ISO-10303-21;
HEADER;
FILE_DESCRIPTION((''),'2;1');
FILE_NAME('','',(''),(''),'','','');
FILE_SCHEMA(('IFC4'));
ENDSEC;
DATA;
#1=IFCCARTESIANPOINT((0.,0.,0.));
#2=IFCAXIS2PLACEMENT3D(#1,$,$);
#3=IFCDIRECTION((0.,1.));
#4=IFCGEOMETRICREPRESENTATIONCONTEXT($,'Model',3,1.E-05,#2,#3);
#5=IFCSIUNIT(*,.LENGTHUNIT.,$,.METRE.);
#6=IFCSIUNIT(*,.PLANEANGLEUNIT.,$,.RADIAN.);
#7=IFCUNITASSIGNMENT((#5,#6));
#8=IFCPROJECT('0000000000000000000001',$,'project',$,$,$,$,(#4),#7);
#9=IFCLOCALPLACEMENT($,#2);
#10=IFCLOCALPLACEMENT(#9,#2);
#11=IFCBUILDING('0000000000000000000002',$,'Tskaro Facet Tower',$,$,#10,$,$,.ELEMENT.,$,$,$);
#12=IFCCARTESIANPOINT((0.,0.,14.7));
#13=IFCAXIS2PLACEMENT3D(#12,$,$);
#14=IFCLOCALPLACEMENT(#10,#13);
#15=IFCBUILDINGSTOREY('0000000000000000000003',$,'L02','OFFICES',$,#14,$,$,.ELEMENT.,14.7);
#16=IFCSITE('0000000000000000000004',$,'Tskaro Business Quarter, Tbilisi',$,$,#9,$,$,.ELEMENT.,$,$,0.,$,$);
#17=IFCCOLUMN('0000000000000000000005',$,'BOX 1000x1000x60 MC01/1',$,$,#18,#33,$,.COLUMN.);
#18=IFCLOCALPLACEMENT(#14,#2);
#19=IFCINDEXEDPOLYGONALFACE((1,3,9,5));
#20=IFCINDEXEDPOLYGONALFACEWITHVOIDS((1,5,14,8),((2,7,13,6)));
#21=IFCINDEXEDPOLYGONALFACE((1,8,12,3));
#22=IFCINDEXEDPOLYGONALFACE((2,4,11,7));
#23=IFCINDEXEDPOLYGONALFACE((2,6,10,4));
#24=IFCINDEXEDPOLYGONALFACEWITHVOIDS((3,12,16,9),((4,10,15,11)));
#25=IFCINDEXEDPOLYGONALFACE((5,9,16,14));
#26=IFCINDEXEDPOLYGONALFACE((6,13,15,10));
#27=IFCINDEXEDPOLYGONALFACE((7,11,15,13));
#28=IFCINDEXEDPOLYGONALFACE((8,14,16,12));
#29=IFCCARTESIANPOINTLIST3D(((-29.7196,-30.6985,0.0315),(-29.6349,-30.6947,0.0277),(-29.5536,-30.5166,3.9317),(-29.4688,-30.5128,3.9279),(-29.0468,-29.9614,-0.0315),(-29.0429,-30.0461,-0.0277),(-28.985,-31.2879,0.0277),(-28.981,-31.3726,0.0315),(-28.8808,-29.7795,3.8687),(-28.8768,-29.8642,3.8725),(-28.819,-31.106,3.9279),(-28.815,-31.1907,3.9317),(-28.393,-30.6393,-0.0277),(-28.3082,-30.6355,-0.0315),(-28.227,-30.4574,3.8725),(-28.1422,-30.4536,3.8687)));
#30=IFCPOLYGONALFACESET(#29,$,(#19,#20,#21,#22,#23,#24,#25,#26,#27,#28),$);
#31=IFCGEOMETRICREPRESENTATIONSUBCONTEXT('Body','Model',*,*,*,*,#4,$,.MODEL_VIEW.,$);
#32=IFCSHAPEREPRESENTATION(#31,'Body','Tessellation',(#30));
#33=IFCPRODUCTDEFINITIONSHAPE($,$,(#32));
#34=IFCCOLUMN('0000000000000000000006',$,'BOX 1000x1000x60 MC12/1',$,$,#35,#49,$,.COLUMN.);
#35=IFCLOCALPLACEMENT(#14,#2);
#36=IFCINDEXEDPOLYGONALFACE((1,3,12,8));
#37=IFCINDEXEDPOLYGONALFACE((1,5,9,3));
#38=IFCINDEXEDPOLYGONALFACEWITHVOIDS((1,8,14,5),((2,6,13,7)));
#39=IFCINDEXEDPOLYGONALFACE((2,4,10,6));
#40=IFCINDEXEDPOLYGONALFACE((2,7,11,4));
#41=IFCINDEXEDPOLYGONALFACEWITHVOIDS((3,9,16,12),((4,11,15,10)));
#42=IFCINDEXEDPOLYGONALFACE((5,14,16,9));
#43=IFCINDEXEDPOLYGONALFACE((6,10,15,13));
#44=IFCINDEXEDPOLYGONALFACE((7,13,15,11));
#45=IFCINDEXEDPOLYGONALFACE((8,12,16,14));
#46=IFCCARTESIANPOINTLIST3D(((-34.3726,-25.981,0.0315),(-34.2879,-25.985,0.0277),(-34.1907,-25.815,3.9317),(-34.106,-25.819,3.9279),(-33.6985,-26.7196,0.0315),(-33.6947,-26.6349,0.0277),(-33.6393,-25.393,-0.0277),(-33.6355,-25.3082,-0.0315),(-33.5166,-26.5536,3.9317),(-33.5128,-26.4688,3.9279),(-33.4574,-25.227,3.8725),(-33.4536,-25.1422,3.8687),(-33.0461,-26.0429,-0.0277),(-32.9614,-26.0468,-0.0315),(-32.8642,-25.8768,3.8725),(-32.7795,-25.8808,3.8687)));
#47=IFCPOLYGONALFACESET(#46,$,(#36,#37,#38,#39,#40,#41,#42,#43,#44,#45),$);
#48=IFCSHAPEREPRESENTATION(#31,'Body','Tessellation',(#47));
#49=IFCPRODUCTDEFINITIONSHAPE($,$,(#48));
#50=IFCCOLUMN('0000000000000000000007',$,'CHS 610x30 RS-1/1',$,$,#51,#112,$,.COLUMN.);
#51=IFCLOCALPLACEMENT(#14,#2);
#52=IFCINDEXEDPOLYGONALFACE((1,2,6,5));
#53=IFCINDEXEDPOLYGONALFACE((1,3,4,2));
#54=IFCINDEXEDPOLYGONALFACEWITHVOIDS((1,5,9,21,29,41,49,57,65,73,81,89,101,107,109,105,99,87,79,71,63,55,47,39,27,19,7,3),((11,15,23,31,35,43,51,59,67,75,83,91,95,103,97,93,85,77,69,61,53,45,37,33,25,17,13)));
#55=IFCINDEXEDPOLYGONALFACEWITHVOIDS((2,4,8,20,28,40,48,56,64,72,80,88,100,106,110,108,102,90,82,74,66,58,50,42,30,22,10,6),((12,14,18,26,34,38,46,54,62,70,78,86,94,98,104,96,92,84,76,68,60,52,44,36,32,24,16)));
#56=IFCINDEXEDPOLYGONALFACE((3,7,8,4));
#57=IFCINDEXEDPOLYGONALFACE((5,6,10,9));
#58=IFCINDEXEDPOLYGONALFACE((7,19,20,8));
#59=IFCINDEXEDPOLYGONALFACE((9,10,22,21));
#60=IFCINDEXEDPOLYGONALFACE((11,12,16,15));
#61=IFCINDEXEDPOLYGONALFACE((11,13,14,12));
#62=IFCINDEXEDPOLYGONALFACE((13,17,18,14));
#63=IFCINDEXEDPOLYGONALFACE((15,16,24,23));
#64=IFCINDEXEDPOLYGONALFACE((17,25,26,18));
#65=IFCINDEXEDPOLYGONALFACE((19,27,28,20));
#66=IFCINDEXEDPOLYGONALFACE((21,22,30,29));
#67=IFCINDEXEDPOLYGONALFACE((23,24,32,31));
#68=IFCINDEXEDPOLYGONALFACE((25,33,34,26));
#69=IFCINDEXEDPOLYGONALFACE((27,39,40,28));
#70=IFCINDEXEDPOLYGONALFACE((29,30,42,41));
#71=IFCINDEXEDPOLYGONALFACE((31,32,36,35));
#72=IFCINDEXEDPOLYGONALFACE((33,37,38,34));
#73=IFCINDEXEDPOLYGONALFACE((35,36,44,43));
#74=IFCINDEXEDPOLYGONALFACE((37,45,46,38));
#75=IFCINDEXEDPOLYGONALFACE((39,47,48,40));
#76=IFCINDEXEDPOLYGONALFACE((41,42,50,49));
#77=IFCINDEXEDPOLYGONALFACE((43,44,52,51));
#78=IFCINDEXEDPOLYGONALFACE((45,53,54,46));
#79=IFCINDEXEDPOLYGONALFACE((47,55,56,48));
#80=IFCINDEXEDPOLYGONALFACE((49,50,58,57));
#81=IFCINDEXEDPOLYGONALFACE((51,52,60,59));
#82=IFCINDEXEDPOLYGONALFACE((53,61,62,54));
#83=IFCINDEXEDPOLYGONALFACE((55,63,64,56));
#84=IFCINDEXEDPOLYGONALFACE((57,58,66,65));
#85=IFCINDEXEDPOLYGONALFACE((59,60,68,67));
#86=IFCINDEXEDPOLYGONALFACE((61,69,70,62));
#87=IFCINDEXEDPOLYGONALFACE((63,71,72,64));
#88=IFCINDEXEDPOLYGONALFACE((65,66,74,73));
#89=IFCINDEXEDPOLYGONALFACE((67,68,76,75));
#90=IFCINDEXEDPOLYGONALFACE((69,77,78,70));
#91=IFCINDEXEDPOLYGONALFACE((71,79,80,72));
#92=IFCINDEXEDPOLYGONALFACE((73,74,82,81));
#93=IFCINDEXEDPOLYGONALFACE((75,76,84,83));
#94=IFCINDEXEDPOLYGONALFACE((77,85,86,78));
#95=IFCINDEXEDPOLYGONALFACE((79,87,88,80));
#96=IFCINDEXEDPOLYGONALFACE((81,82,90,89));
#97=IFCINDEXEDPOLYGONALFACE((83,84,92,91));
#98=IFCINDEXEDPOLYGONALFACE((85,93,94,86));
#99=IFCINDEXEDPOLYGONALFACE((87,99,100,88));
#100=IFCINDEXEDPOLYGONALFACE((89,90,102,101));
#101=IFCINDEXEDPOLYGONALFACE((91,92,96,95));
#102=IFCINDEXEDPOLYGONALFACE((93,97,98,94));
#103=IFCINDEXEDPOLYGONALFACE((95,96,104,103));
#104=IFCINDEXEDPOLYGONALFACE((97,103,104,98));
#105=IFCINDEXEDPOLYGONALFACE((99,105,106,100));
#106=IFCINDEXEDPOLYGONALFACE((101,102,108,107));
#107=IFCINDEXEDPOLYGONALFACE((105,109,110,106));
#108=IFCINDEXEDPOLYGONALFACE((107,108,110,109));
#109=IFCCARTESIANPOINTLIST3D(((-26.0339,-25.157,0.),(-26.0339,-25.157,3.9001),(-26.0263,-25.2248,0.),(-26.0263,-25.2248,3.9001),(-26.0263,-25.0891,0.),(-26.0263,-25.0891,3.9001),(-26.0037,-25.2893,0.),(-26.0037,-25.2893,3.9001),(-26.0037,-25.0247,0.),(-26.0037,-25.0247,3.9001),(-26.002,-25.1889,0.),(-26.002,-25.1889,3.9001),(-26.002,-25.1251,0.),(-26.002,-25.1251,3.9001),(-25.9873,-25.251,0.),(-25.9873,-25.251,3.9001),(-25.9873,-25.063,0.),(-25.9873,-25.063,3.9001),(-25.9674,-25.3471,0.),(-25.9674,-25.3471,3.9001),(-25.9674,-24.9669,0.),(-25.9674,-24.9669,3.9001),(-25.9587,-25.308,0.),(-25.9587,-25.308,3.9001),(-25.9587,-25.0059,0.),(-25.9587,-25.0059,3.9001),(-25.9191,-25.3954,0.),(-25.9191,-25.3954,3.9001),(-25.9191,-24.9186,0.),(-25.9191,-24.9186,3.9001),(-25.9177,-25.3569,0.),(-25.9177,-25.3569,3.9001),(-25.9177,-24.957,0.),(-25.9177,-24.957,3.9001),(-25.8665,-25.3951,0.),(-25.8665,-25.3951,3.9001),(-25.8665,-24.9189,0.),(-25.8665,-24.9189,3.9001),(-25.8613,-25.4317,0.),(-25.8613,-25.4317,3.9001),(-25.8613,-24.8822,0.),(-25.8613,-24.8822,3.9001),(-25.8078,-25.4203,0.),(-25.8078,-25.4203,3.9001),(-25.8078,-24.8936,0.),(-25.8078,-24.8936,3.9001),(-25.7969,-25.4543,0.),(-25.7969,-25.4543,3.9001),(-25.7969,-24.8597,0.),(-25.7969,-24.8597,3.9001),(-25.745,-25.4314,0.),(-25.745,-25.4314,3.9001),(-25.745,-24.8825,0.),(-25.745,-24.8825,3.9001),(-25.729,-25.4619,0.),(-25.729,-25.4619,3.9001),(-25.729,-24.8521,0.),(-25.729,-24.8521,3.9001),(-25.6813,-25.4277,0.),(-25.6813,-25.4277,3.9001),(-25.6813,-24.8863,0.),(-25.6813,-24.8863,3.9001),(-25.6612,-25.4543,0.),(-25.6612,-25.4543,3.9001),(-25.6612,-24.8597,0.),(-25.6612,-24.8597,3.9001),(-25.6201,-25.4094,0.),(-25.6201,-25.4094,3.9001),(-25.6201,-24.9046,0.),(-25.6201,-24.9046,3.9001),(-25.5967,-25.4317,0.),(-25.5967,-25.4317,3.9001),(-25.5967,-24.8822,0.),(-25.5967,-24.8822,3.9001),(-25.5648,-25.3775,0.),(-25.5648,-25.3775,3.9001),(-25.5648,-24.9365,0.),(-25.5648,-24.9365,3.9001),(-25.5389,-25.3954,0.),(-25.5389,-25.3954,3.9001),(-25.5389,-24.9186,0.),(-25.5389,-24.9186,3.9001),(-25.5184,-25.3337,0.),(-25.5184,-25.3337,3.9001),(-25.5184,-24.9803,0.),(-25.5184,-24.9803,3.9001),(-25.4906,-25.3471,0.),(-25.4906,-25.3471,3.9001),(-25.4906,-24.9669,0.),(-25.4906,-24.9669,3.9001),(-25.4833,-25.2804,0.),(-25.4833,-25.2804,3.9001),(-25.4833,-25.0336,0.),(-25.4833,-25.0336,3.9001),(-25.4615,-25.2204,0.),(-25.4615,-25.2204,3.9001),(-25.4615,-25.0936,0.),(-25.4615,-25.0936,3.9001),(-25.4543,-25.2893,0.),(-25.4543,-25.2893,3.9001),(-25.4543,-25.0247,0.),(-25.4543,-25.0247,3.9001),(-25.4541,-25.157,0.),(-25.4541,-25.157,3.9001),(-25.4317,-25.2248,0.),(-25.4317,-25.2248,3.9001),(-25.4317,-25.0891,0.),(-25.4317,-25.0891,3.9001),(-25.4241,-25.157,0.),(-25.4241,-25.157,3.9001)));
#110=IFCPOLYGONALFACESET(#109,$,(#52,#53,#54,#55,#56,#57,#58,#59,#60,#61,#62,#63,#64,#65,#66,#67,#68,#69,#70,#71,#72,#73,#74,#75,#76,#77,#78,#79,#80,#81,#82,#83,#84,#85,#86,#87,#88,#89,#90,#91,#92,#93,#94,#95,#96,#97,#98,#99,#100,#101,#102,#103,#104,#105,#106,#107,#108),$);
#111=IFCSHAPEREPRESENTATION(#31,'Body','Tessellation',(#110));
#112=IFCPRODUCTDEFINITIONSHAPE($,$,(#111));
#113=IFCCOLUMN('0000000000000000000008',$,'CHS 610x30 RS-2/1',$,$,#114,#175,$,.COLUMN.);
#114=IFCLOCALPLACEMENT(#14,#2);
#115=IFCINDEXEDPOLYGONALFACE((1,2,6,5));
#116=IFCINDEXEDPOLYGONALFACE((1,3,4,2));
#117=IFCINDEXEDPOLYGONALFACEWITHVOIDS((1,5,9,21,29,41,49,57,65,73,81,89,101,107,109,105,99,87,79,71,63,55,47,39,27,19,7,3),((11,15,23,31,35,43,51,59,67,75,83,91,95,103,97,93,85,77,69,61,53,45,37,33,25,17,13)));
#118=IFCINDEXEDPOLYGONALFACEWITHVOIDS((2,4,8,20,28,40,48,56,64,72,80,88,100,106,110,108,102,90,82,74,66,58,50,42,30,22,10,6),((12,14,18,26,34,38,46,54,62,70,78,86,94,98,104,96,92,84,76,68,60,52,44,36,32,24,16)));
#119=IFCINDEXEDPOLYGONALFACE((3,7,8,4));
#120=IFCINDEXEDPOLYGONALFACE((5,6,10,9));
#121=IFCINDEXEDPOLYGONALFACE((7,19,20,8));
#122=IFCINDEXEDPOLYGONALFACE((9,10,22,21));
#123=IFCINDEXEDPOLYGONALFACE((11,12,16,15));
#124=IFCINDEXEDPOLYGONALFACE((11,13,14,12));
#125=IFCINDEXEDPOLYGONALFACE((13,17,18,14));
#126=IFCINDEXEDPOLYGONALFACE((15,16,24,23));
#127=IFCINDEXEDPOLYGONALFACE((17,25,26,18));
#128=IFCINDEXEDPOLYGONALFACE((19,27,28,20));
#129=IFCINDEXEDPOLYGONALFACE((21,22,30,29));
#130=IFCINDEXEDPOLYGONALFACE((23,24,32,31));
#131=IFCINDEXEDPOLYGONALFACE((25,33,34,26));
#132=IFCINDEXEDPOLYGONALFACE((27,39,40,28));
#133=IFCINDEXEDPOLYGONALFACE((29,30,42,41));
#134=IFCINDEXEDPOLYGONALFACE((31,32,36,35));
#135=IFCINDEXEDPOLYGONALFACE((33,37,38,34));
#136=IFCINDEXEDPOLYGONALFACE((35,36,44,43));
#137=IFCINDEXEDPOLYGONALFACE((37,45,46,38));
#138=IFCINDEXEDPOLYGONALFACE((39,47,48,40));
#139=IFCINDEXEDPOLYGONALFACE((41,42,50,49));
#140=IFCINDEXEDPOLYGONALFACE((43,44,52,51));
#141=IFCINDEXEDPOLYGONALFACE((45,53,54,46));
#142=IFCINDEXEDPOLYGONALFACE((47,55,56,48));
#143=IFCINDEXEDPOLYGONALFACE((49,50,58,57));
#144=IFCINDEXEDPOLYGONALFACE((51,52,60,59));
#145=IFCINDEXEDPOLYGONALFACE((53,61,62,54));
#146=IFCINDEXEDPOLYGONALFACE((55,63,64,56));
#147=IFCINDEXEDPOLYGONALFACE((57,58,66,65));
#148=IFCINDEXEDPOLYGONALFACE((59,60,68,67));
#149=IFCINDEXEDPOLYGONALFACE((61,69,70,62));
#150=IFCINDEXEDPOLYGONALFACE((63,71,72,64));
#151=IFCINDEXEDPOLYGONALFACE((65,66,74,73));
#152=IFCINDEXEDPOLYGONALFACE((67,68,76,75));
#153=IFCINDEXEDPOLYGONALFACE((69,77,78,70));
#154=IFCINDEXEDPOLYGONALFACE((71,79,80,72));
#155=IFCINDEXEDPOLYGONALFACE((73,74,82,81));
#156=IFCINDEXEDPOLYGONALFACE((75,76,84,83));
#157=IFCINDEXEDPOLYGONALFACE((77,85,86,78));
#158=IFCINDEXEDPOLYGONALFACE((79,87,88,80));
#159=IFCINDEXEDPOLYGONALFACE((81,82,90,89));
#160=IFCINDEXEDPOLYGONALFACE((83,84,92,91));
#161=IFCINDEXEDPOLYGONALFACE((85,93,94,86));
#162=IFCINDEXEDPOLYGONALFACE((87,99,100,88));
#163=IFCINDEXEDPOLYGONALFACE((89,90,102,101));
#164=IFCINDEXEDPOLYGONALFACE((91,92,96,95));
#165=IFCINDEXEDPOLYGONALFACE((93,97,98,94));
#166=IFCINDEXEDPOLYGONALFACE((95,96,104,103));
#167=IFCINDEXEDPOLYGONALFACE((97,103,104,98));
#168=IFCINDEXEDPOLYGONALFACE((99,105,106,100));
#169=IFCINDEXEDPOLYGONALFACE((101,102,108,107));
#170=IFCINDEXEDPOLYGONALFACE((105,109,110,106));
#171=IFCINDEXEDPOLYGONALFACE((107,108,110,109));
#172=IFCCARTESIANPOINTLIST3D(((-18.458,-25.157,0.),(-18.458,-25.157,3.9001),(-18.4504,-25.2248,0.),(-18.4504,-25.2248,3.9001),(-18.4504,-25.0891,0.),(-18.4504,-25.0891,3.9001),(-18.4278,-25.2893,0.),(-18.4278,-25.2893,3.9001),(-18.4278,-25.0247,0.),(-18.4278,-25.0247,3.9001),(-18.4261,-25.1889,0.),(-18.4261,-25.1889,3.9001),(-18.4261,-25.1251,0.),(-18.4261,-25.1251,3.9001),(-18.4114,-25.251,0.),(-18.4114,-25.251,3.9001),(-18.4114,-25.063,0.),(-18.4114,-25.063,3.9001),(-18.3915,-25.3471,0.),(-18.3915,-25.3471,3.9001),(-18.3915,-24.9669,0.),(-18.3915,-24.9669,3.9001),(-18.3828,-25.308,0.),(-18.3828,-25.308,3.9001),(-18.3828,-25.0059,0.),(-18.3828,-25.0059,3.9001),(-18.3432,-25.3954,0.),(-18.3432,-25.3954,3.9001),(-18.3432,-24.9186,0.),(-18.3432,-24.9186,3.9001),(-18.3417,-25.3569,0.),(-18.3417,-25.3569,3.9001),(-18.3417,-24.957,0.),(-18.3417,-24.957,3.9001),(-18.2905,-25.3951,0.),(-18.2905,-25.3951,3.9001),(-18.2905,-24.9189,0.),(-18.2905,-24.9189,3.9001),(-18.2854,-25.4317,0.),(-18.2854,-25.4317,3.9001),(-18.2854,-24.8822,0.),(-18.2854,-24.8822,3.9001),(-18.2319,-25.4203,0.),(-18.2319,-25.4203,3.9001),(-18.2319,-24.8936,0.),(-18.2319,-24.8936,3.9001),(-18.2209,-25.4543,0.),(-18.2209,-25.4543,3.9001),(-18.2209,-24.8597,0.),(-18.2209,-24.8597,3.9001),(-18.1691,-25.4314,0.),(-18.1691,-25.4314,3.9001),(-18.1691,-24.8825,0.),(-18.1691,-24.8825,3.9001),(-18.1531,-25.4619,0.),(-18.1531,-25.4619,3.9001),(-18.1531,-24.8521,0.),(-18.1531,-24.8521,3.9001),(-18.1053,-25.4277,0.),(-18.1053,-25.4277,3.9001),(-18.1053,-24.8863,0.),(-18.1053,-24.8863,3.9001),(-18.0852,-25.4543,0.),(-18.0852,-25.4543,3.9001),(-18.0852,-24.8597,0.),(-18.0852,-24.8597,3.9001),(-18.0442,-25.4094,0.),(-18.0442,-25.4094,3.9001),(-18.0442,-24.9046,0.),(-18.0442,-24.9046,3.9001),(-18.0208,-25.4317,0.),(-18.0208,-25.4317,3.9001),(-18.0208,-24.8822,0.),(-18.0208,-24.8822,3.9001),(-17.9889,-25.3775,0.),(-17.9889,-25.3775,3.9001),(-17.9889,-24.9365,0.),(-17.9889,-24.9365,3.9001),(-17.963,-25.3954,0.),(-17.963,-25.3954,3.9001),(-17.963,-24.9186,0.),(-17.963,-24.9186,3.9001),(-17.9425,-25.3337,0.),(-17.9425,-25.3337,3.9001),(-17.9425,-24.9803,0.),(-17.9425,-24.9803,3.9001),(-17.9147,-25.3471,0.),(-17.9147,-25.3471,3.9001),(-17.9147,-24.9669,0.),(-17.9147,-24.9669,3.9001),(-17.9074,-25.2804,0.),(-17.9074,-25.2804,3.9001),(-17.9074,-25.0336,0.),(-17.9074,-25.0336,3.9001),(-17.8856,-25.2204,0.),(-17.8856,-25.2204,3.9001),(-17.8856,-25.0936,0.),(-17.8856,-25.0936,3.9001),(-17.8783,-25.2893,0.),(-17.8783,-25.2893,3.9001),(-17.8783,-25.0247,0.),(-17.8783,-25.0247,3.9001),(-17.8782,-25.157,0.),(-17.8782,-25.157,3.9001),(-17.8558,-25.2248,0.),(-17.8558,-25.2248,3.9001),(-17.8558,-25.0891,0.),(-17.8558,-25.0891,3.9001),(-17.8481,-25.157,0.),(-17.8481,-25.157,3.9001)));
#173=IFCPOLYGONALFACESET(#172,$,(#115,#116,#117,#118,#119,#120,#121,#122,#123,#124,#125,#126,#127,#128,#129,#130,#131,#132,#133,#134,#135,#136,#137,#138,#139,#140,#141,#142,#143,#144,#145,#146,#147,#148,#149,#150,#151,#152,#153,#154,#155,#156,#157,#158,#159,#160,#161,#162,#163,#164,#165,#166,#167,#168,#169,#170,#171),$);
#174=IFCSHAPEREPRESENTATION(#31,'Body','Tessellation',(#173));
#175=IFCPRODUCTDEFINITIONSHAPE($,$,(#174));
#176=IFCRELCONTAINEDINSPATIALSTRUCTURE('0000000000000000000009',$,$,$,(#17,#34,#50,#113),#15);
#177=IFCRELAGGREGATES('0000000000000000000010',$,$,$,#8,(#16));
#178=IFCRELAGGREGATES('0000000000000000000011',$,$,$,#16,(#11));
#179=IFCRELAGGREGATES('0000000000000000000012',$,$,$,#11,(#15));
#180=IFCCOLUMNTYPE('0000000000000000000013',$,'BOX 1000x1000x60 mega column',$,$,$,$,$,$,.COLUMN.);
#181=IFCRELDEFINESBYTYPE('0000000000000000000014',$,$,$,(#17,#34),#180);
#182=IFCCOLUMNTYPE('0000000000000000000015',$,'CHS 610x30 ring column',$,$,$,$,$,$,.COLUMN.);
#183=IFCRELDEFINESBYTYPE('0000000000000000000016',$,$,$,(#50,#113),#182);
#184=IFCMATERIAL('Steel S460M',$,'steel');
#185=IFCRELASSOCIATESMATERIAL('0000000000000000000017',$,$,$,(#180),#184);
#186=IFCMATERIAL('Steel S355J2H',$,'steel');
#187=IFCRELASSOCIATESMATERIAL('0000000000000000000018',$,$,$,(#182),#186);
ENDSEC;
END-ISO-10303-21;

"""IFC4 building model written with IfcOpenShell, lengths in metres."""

from ifc_helpers import new_model, si_unit, direction, frame, origin, origin_2d, place, context, subcontext, project, spatial, hollow_rectangle, hollow_circle, extrude, material, material_profile, profile_set, type_object, element, save


model = new_model("IFC4")

# Units and contexts
model_context = context("Model", 3, precision=1e-05, world=origin(), true_north=direction((0.0, 1.0)))
body_context = subcontext(model_context, "Body", "Model", "MODEL_VIEW")
ifc_project = project(units=[si_unit("LENGTHUNIT", "METRE"), si_unit("PLANEANGLEUNIT", "RADIAN")], contexts=[model_context])

# Site, building, storey
site_placement = place(None, origin())
site = spatial("IfcSite", under=ifc_project, at=site_placement, Name="Tskaro Business Quarter, Tbilisi", CompositionType="ELEMENT", RefElevation=0.0)
building_placement = place(site_placement, origin())
building = spatial("IfcBuilding", under=site, at=building_placement, Name="Tskaro Facet Tower", CompositionType="ELEMENT")
storey_placement = place(building_placement, frame((0.0, 0.0, 14.7)))
storey = spatial("IfcBuildingStorey", under=building, at=storey_placement, Name="L02", Description="OFFICES", CompositionType="ELEMENT", Elevation=14.7)

# Columns
ifc_material_1 = material(Name="Steel S460M", Category="steel")
ifc_material_profile_1 = material_profile(ifc_material_1, hollow_rectangle(XDim=1.0, YDim=1.0, WallThickness=0.0601, at=origin_2d()), Name="BOX 1000x1000x60")
ifc_profile_set_1 = profile_set([ifc_material_profile_1], Name="Steel S460M")
column_type_1 = type_object("IfcColumnType", Name="BOX 1000x1000x60 mega column", PredefinedType="COLUMN", material=ifc_profile_set_1)
for number, where, z_axis, x_axis, name in (
    (1, (-29.0139, -30.667, 0.0), (0.042482, 0.046543, 0.998013), (-0.738593, 0.674152, 0.0), "BOX 1000x1000x60 MC01/1"),
    (2, (-33.667, -26.0139, 0.0), (0.046543, 0.042482, 0.998013), (-0.674152, 0.738593, 0.0), "BOX 1000x1000x60 MC12/1"),
):
    element("IfcColumn", number, at=place(storey_placement, frame(where, z_axis=z_axis, x_axis=x_axis)), inside=storey, type_object=column_type_1, Name=name, PredefinedType="COLUMN", context=body_context, shape_type="SweptSolid", body=[
        extrude(hollow_rectangle(XDim=1.0, YDim=1.0, WallThickness=0.0601, at=origin_2d()), origin(), (0.0, 0.0, 1.0), 3.908),
    ])
ifc_material_2 = material(Name="Steel S355J2H", Category="steel")
ifc_material_profile_2 = material_profile(ifc_material_2, hollow_circle(Radius=0.3049, WallThickness=0.03, at=origin_2d()), Name="CHS 610x30")
ifc_profile_set_2 = profile_set([ifc_material_profile_2], Name="Steel S355J2H")
column_type_2 = type_object("IfcColumnType", Name="CHS 610x30 ring column", PredefinedType="COLUMN", material=ifc_profile_set_2)
for number, where, z_axis, x_axis, name in (
    (3, (-25.729, -25.157, 0.0), (0.0, 0.0, 1.0), (1.0, 0.0, 0.0), "CHS 610x30 RS-1/1"),
    (4, (-18.1531, -25.157, 0.0), (0.0, 0.0, 1.0), (1.0, 0.0, 0.0), "CHS 610x30 RS-2/1"),
):
    element("IfcColumn", number, at=place(storey_placement, frame(where, z_axis=z_axis, x_axis=x_axis)), inside=storey, type_object=column_type_2, Name=name, PredefinedType="COLUMN", context=body_context, shape_type="SweptSolid", body=[
        extrude(hollow_circle(Radius=0.3049, WallThickness=0.03, at=origin_2d()), origin(), (0.0, 0.0, 1.0), 3.9001),
    ])

save(model, "model.ifc")
